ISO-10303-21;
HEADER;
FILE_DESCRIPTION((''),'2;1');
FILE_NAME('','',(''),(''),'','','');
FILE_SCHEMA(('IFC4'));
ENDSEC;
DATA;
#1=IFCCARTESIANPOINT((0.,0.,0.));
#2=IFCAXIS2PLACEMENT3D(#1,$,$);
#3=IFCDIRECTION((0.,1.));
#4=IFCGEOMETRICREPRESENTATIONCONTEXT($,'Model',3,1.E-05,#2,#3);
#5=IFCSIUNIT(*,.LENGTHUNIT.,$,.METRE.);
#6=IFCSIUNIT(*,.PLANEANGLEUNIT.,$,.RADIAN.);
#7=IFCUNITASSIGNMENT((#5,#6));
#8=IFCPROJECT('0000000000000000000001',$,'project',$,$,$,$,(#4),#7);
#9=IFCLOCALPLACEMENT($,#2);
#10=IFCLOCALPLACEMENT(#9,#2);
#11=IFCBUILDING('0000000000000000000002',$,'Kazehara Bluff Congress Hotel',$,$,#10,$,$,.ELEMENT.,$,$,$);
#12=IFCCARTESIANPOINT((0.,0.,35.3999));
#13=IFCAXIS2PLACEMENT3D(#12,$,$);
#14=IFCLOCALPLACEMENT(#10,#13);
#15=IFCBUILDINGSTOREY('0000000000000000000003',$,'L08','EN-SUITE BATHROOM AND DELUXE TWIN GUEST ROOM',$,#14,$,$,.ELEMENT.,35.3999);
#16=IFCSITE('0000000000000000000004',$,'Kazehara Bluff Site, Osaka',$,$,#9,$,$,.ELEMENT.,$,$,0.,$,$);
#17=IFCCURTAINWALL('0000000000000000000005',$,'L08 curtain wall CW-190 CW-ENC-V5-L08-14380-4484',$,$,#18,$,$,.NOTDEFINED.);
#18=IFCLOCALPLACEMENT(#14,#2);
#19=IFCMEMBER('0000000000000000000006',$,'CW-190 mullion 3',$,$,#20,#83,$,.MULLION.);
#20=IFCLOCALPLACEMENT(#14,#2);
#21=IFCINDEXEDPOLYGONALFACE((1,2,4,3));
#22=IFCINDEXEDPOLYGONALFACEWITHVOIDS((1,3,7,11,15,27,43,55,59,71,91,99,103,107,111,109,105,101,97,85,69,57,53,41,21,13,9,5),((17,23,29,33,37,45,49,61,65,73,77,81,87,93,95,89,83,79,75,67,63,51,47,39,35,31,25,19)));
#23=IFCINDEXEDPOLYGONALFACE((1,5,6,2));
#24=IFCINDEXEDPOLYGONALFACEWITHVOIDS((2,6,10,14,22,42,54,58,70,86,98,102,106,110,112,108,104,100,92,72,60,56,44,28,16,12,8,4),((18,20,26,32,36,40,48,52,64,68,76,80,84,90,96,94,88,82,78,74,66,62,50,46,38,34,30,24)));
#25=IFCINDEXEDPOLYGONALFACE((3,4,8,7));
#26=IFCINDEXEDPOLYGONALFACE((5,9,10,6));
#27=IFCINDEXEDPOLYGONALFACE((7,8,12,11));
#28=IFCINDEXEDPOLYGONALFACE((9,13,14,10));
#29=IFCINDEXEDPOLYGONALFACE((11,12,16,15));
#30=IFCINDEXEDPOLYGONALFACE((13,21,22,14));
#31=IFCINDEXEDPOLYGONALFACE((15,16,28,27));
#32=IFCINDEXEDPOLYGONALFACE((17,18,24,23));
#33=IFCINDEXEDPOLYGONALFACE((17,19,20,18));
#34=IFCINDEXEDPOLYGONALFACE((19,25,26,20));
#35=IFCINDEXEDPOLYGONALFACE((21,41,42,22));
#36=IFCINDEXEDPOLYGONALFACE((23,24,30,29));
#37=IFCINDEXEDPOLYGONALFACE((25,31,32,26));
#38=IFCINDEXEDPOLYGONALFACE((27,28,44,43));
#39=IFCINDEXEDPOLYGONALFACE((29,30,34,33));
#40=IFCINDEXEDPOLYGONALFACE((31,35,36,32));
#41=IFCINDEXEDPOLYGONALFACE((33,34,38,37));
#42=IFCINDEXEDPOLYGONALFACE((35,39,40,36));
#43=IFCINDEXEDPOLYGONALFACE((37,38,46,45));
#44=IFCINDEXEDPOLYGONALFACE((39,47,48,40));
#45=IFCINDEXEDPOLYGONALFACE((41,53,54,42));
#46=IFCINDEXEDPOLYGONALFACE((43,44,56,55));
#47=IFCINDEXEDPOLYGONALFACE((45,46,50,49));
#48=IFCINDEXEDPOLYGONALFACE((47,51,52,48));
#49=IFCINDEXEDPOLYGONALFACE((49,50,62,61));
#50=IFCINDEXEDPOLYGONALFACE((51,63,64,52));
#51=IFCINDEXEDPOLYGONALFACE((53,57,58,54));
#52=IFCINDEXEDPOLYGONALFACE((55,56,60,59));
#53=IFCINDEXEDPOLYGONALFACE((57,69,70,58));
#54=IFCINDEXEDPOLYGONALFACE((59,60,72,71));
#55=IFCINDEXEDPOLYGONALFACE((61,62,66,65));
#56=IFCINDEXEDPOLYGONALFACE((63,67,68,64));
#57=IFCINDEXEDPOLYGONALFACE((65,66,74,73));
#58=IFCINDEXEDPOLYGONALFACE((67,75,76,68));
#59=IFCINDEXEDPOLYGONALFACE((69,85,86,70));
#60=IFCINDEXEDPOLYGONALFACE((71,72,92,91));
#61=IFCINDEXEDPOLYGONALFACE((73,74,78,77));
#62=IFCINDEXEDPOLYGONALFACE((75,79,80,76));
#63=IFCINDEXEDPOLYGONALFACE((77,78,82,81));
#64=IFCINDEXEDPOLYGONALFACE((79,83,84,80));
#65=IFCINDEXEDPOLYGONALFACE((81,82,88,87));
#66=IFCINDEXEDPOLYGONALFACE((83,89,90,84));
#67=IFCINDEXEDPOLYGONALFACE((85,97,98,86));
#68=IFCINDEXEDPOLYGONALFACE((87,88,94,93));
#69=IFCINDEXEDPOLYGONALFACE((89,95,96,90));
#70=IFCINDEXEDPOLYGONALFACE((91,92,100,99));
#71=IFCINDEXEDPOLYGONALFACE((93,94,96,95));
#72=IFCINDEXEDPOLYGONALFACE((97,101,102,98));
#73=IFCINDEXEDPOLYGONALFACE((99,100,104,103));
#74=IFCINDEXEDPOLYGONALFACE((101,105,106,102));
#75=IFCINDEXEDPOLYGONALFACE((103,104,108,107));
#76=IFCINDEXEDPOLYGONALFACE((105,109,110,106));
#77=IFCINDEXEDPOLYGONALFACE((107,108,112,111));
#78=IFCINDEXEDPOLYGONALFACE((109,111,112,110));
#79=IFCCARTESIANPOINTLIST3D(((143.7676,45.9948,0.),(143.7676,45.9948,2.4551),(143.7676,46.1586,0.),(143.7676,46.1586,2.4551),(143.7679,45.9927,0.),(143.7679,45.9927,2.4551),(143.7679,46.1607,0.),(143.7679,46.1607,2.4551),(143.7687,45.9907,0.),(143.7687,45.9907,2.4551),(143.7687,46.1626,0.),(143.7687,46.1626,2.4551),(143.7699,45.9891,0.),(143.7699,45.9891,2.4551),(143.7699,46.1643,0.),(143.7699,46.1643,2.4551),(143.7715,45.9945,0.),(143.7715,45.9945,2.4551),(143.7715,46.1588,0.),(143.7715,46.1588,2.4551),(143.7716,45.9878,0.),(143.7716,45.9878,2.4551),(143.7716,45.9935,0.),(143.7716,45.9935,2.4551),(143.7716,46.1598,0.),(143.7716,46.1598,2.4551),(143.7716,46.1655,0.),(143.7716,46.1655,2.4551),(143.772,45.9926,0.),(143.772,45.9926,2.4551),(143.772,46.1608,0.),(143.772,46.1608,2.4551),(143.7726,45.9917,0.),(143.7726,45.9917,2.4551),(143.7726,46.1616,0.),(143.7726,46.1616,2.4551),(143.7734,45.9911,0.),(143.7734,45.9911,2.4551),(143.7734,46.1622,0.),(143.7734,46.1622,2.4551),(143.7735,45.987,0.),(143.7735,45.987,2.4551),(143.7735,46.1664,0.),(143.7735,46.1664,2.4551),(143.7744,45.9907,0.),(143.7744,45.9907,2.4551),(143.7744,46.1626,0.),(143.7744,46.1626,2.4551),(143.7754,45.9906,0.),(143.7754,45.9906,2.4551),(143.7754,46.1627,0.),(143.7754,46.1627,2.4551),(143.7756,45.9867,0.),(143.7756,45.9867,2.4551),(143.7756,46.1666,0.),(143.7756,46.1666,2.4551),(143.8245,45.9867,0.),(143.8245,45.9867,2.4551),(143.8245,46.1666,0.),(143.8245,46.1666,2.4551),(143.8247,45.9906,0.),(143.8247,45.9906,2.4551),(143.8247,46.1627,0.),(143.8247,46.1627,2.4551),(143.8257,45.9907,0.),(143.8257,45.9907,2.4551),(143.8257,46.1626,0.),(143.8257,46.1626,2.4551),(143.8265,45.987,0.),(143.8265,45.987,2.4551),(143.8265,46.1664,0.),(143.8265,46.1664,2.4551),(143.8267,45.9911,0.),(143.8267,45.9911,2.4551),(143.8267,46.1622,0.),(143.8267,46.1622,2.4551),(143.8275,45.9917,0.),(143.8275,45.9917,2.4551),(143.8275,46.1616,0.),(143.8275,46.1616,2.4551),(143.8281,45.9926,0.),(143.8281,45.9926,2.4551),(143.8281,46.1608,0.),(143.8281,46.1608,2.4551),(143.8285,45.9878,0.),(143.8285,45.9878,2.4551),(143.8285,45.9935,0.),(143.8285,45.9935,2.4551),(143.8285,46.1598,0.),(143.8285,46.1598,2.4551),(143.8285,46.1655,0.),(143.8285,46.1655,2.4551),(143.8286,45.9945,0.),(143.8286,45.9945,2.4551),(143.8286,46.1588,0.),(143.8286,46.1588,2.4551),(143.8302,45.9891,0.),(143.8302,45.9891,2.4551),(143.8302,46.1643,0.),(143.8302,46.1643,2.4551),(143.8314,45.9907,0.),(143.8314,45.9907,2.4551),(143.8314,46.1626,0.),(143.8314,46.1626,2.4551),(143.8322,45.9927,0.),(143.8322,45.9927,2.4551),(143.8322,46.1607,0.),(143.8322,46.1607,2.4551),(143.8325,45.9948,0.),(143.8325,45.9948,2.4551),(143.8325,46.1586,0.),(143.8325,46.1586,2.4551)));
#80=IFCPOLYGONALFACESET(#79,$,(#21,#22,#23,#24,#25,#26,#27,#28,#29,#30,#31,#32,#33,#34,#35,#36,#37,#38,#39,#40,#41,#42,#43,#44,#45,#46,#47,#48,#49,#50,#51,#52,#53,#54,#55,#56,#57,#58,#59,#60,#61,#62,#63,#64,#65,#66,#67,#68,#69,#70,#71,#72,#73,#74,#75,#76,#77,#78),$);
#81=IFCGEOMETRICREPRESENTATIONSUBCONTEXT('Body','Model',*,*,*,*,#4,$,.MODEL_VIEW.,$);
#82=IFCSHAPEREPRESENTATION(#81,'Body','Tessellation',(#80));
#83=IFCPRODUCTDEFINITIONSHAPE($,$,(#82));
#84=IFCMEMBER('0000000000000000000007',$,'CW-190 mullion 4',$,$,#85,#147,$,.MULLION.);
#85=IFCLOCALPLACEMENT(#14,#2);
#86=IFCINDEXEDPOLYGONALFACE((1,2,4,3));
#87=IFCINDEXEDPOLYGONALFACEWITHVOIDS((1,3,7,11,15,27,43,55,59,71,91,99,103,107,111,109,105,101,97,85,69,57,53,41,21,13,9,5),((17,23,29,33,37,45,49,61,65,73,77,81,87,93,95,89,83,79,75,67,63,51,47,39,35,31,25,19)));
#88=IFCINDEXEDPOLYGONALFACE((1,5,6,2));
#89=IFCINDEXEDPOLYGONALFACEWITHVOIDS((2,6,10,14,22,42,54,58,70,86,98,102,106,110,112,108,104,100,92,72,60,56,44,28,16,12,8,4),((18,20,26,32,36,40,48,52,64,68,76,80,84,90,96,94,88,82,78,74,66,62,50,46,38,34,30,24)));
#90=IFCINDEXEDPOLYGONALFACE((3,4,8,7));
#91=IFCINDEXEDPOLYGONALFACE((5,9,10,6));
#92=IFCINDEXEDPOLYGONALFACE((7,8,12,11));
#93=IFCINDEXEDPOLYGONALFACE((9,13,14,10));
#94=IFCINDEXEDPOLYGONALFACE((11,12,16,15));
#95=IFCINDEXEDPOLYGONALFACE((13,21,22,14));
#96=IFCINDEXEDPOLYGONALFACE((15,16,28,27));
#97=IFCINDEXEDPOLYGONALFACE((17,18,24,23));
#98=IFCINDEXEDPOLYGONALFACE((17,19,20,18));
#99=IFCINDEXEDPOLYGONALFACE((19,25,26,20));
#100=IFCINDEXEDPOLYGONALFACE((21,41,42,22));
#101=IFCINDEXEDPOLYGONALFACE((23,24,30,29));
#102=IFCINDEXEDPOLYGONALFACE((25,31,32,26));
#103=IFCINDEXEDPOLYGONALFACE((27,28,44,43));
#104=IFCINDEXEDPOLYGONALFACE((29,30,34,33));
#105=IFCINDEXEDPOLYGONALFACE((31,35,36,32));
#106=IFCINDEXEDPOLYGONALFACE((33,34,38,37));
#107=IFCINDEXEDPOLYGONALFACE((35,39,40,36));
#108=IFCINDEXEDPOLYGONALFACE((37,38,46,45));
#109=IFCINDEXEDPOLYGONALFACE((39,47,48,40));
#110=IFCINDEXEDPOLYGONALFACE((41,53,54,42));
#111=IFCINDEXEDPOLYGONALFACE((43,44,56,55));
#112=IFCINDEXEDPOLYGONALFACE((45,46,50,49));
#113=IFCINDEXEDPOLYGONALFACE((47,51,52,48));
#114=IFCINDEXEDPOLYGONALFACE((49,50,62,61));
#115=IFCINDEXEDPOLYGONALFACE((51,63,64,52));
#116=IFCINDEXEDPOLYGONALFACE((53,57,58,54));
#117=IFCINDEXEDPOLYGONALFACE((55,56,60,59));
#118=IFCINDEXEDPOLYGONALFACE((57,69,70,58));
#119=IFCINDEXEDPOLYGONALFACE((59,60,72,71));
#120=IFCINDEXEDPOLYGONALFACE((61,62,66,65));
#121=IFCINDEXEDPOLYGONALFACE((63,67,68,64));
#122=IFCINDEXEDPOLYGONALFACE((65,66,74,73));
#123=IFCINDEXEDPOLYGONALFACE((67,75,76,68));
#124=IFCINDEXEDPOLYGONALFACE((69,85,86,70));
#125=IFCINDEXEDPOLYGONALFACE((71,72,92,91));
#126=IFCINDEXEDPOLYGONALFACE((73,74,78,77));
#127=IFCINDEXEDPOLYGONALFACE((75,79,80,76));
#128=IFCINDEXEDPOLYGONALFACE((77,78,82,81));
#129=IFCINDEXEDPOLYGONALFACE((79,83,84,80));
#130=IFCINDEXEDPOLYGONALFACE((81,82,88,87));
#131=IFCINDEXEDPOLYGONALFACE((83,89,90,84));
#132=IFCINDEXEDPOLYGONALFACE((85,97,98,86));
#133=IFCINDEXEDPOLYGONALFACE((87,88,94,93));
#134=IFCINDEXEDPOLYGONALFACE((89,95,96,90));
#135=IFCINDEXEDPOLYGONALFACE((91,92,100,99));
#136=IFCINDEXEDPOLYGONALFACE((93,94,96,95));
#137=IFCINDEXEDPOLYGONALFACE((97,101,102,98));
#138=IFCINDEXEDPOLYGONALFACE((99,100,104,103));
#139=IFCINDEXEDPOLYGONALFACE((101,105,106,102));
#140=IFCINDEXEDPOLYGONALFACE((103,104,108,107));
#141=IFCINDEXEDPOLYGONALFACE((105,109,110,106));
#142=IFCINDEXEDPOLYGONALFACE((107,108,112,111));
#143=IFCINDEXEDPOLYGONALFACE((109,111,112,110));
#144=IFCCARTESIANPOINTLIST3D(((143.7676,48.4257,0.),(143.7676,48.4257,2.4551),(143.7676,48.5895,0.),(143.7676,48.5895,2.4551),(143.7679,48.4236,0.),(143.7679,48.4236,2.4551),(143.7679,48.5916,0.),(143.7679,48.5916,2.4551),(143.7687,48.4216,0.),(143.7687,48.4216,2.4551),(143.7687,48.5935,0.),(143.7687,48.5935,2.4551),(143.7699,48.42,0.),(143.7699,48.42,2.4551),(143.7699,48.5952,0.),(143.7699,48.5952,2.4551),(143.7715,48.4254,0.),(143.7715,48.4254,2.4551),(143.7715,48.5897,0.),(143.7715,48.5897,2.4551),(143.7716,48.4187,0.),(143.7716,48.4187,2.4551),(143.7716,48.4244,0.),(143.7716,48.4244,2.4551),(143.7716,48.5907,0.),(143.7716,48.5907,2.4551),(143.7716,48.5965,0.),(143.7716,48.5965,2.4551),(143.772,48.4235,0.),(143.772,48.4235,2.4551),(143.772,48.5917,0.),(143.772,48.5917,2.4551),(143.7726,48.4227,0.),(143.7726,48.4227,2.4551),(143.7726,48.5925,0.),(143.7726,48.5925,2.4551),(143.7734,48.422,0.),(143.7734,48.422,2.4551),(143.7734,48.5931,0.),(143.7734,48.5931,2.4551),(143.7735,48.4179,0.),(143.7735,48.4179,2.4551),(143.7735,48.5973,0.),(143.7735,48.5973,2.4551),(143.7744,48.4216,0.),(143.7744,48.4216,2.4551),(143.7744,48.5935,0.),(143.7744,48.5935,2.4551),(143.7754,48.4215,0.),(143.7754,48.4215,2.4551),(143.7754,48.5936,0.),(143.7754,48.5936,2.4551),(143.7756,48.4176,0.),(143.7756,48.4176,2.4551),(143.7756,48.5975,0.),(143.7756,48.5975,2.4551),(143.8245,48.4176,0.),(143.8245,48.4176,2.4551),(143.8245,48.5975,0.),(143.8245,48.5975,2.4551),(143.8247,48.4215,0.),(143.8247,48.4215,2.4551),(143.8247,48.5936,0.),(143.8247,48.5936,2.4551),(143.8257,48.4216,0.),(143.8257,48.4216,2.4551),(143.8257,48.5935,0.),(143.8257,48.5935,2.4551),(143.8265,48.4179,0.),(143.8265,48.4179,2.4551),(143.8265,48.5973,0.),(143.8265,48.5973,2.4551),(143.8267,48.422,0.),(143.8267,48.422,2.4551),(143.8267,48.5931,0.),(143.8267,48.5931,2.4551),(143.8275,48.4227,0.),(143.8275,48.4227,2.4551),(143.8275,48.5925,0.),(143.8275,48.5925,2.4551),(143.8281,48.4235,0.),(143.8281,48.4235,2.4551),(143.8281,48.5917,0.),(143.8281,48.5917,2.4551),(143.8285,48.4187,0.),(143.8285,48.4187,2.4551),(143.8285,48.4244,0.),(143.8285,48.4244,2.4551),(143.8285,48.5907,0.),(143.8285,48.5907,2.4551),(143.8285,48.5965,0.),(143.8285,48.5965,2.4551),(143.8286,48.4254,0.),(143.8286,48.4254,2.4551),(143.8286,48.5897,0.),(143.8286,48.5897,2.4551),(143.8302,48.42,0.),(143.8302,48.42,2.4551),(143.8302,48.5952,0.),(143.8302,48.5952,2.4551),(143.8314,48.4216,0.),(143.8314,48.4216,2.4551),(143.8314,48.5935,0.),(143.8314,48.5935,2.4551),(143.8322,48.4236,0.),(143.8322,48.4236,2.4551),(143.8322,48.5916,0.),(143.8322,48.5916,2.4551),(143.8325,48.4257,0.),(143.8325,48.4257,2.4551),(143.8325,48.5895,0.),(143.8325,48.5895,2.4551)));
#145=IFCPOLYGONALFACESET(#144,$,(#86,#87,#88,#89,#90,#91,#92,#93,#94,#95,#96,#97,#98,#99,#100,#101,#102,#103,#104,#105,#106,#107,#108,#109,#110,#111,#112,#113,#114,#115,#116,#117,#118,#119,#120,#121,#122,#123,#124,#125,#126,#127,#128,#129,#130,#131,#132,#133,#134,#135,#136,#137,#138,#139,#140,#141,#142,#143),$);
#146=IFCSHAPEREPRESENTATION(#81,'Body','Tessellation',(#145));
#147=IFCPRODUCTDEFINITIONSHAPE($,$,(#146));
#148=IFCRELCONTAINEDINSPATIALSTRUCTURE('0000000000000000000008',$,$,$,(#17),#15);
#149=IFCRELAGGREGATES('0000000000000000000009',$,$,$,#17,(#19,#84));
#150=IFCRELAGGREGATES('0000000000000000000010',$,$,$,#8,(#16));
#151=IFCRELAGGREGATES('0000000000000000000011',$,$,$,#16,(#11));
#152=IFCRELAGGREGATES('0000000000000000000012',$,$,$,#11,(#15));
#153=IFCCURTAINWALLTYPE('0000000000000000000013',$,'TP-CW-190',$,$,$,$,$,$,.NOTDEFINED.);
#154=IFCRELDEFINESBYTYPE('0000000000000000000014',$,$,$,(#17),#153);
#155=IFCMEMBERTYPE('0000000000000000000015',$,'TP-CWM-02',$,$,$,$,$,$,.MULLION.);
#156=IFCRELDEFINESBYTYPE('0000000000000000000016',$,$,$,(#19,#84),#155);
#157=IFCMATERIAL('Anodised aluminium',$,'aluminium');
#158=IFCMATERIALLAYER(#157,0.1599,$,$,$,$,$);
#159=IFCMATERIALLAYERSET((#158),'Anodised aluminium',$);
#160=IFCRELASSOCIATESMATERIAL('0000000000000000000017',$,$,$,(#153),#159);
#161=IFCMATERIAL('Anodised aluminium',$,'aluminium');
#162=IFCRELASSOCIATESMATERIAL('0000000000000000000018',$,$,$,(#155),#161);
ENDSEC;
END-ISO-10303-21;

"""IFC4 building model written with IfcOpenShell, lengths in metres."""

from ifc_helpers import new_model, si_unit, direction, frame, origin, origin_2d, place, context, subcontext, project, spatial, hollow_rectangle, extrude, material, layer, layer_set, material_profile, profile_set, type_object, element, aggregate, save


model = new_model("IFC4")

# Units and contexts
model_context = context("Model", 3, precision=1e-05, world=origin(), true_north=direction((0.0, 1.0)))
body_context = subcontext(model_context, "Body", "Model", "MODEL_VIEW")
ifc_project = project(units=[si_unit("LENGTHUNIT", "METRE"), si_unit("PLANEANGLEUNIT", "RADIAN")], contexts=[model_context])

# Site, building, storey
site_placement = place(None, origin())
site = spatial("IfcSite", under=ifc_project, at=site_placement, Name="Kazehara Bluff Site, Osaka", CompositionType="ELEMENT", RefElevation=0.0)
building_placement = place(site_placement, origin())
building = spatial("IfcBuilding", under=site, at=building_placement, Name="Kazehara Bluff Congress Hotel", CompositionType="ELEMENT")
storey_placement = place(building_placement, frame((0.0, 0.0, 35.3999)))
storey = spatial("IfcBuildingStorey", under=building, at=storey_placement, Name="L08", Description="EN-SUITE BATHROOM AND DELUXE TWIN GUEST ROOM", CompositionType="ELEMENT", Elevation=35.3999)

# Curtain wall, members
ifc_material_1 = material(Name="Anodised aluminium", Category="aluminium")
ifc_layer_1 = layer(ifc_material_1, 0.1599)
ifc_layer_set_1 = layer_set([ifc_layer_1], Name="Anodised aluminium")
curtain_wall_type = type_object("IfcCurtainWallType", Name="TP-CW-190", PredefinedType="NOTDEFINED", material=ifc_layer_set_1)
curtain_wall_placement = place(storey_placement, origin())
curtain_wall = element("IfcCurtainWall", 1, at=curtain_wall_placement, inside=storey, type_object=curtain_wall_type, Name="L08 curtain wall CW-190 CW-ENC-V5-L08-14380-4484", PredefinedType="NOTDEFINED")
ifc_material_2 = material(Name="Anodised aluminium", Category="aluminium")
ifc_material_profile_1 = material_profile(ifc_material_2, hollow_rectangle(XDim=0.0649, YDim=0.1799, WallThickness=0.0039, InnerFilletRadius=0.0039, OuterFilletRadius=0.0081, at=origin_2d()))
ifc_profile_set_1 = profile_set([ifc_material_profile_1], Name="Anodised aluminium")
member_type_1 = type_object("IfcMemberType", Name="TP-CWM-02", PredefinedType="MULLION", material=ifc_profile_set_1)
member_1_placement = place(storey_placement, frame((143.8, 46.0767, 0.0), z_axis=(0.0, 0.0, 1.0), x_axis=(-1.0, 0.0, 0.0)))
member_1 = element("IfcMember", 2, at=member_1_placement, type_object=member_type_1, Name="CW-190 mullion 3", PredefinedType="MULLION", context=body_context, shape_type="SweptSolid", body=[
    extrude(hollow_rectangle(XDim=0.0649, YDim=0.1799, WallThickness=0.0039, InnerFilletRadius=0.0039, OuterFilletRadius=0.0081, at=origin_2d()), origin(), (0.0, 0.0, 1.0), 2.4551),
])
member_2_placement = place(storey_placement, frame((143.8, 48.5076, 0.0), z_axis=(0.0, 0.0, 1.0), x_axis=(-1.0, 0.0, 0.0)))
member_2 = element("IfcMember", 3, at=member_2_placement, type_object=member_type_1, Name="CW-190 mullion 4", PredefinedType="MULLION", context=body_context, shape_type="SweptSolid", body=[
    extrude(hollow_rectangle(XDim=0.0649, YDim=0.1799, WallThickness=0.0039, InnerFilletRadius=0.0039, OuterFilletRadius=0.0081, at=origin_2d()), origin(), (0.0, 0.0, 1.0), 2.4551),
])
aggregate(curtain_wall, [member_1, member_2])

save(model, "model.ifc")
